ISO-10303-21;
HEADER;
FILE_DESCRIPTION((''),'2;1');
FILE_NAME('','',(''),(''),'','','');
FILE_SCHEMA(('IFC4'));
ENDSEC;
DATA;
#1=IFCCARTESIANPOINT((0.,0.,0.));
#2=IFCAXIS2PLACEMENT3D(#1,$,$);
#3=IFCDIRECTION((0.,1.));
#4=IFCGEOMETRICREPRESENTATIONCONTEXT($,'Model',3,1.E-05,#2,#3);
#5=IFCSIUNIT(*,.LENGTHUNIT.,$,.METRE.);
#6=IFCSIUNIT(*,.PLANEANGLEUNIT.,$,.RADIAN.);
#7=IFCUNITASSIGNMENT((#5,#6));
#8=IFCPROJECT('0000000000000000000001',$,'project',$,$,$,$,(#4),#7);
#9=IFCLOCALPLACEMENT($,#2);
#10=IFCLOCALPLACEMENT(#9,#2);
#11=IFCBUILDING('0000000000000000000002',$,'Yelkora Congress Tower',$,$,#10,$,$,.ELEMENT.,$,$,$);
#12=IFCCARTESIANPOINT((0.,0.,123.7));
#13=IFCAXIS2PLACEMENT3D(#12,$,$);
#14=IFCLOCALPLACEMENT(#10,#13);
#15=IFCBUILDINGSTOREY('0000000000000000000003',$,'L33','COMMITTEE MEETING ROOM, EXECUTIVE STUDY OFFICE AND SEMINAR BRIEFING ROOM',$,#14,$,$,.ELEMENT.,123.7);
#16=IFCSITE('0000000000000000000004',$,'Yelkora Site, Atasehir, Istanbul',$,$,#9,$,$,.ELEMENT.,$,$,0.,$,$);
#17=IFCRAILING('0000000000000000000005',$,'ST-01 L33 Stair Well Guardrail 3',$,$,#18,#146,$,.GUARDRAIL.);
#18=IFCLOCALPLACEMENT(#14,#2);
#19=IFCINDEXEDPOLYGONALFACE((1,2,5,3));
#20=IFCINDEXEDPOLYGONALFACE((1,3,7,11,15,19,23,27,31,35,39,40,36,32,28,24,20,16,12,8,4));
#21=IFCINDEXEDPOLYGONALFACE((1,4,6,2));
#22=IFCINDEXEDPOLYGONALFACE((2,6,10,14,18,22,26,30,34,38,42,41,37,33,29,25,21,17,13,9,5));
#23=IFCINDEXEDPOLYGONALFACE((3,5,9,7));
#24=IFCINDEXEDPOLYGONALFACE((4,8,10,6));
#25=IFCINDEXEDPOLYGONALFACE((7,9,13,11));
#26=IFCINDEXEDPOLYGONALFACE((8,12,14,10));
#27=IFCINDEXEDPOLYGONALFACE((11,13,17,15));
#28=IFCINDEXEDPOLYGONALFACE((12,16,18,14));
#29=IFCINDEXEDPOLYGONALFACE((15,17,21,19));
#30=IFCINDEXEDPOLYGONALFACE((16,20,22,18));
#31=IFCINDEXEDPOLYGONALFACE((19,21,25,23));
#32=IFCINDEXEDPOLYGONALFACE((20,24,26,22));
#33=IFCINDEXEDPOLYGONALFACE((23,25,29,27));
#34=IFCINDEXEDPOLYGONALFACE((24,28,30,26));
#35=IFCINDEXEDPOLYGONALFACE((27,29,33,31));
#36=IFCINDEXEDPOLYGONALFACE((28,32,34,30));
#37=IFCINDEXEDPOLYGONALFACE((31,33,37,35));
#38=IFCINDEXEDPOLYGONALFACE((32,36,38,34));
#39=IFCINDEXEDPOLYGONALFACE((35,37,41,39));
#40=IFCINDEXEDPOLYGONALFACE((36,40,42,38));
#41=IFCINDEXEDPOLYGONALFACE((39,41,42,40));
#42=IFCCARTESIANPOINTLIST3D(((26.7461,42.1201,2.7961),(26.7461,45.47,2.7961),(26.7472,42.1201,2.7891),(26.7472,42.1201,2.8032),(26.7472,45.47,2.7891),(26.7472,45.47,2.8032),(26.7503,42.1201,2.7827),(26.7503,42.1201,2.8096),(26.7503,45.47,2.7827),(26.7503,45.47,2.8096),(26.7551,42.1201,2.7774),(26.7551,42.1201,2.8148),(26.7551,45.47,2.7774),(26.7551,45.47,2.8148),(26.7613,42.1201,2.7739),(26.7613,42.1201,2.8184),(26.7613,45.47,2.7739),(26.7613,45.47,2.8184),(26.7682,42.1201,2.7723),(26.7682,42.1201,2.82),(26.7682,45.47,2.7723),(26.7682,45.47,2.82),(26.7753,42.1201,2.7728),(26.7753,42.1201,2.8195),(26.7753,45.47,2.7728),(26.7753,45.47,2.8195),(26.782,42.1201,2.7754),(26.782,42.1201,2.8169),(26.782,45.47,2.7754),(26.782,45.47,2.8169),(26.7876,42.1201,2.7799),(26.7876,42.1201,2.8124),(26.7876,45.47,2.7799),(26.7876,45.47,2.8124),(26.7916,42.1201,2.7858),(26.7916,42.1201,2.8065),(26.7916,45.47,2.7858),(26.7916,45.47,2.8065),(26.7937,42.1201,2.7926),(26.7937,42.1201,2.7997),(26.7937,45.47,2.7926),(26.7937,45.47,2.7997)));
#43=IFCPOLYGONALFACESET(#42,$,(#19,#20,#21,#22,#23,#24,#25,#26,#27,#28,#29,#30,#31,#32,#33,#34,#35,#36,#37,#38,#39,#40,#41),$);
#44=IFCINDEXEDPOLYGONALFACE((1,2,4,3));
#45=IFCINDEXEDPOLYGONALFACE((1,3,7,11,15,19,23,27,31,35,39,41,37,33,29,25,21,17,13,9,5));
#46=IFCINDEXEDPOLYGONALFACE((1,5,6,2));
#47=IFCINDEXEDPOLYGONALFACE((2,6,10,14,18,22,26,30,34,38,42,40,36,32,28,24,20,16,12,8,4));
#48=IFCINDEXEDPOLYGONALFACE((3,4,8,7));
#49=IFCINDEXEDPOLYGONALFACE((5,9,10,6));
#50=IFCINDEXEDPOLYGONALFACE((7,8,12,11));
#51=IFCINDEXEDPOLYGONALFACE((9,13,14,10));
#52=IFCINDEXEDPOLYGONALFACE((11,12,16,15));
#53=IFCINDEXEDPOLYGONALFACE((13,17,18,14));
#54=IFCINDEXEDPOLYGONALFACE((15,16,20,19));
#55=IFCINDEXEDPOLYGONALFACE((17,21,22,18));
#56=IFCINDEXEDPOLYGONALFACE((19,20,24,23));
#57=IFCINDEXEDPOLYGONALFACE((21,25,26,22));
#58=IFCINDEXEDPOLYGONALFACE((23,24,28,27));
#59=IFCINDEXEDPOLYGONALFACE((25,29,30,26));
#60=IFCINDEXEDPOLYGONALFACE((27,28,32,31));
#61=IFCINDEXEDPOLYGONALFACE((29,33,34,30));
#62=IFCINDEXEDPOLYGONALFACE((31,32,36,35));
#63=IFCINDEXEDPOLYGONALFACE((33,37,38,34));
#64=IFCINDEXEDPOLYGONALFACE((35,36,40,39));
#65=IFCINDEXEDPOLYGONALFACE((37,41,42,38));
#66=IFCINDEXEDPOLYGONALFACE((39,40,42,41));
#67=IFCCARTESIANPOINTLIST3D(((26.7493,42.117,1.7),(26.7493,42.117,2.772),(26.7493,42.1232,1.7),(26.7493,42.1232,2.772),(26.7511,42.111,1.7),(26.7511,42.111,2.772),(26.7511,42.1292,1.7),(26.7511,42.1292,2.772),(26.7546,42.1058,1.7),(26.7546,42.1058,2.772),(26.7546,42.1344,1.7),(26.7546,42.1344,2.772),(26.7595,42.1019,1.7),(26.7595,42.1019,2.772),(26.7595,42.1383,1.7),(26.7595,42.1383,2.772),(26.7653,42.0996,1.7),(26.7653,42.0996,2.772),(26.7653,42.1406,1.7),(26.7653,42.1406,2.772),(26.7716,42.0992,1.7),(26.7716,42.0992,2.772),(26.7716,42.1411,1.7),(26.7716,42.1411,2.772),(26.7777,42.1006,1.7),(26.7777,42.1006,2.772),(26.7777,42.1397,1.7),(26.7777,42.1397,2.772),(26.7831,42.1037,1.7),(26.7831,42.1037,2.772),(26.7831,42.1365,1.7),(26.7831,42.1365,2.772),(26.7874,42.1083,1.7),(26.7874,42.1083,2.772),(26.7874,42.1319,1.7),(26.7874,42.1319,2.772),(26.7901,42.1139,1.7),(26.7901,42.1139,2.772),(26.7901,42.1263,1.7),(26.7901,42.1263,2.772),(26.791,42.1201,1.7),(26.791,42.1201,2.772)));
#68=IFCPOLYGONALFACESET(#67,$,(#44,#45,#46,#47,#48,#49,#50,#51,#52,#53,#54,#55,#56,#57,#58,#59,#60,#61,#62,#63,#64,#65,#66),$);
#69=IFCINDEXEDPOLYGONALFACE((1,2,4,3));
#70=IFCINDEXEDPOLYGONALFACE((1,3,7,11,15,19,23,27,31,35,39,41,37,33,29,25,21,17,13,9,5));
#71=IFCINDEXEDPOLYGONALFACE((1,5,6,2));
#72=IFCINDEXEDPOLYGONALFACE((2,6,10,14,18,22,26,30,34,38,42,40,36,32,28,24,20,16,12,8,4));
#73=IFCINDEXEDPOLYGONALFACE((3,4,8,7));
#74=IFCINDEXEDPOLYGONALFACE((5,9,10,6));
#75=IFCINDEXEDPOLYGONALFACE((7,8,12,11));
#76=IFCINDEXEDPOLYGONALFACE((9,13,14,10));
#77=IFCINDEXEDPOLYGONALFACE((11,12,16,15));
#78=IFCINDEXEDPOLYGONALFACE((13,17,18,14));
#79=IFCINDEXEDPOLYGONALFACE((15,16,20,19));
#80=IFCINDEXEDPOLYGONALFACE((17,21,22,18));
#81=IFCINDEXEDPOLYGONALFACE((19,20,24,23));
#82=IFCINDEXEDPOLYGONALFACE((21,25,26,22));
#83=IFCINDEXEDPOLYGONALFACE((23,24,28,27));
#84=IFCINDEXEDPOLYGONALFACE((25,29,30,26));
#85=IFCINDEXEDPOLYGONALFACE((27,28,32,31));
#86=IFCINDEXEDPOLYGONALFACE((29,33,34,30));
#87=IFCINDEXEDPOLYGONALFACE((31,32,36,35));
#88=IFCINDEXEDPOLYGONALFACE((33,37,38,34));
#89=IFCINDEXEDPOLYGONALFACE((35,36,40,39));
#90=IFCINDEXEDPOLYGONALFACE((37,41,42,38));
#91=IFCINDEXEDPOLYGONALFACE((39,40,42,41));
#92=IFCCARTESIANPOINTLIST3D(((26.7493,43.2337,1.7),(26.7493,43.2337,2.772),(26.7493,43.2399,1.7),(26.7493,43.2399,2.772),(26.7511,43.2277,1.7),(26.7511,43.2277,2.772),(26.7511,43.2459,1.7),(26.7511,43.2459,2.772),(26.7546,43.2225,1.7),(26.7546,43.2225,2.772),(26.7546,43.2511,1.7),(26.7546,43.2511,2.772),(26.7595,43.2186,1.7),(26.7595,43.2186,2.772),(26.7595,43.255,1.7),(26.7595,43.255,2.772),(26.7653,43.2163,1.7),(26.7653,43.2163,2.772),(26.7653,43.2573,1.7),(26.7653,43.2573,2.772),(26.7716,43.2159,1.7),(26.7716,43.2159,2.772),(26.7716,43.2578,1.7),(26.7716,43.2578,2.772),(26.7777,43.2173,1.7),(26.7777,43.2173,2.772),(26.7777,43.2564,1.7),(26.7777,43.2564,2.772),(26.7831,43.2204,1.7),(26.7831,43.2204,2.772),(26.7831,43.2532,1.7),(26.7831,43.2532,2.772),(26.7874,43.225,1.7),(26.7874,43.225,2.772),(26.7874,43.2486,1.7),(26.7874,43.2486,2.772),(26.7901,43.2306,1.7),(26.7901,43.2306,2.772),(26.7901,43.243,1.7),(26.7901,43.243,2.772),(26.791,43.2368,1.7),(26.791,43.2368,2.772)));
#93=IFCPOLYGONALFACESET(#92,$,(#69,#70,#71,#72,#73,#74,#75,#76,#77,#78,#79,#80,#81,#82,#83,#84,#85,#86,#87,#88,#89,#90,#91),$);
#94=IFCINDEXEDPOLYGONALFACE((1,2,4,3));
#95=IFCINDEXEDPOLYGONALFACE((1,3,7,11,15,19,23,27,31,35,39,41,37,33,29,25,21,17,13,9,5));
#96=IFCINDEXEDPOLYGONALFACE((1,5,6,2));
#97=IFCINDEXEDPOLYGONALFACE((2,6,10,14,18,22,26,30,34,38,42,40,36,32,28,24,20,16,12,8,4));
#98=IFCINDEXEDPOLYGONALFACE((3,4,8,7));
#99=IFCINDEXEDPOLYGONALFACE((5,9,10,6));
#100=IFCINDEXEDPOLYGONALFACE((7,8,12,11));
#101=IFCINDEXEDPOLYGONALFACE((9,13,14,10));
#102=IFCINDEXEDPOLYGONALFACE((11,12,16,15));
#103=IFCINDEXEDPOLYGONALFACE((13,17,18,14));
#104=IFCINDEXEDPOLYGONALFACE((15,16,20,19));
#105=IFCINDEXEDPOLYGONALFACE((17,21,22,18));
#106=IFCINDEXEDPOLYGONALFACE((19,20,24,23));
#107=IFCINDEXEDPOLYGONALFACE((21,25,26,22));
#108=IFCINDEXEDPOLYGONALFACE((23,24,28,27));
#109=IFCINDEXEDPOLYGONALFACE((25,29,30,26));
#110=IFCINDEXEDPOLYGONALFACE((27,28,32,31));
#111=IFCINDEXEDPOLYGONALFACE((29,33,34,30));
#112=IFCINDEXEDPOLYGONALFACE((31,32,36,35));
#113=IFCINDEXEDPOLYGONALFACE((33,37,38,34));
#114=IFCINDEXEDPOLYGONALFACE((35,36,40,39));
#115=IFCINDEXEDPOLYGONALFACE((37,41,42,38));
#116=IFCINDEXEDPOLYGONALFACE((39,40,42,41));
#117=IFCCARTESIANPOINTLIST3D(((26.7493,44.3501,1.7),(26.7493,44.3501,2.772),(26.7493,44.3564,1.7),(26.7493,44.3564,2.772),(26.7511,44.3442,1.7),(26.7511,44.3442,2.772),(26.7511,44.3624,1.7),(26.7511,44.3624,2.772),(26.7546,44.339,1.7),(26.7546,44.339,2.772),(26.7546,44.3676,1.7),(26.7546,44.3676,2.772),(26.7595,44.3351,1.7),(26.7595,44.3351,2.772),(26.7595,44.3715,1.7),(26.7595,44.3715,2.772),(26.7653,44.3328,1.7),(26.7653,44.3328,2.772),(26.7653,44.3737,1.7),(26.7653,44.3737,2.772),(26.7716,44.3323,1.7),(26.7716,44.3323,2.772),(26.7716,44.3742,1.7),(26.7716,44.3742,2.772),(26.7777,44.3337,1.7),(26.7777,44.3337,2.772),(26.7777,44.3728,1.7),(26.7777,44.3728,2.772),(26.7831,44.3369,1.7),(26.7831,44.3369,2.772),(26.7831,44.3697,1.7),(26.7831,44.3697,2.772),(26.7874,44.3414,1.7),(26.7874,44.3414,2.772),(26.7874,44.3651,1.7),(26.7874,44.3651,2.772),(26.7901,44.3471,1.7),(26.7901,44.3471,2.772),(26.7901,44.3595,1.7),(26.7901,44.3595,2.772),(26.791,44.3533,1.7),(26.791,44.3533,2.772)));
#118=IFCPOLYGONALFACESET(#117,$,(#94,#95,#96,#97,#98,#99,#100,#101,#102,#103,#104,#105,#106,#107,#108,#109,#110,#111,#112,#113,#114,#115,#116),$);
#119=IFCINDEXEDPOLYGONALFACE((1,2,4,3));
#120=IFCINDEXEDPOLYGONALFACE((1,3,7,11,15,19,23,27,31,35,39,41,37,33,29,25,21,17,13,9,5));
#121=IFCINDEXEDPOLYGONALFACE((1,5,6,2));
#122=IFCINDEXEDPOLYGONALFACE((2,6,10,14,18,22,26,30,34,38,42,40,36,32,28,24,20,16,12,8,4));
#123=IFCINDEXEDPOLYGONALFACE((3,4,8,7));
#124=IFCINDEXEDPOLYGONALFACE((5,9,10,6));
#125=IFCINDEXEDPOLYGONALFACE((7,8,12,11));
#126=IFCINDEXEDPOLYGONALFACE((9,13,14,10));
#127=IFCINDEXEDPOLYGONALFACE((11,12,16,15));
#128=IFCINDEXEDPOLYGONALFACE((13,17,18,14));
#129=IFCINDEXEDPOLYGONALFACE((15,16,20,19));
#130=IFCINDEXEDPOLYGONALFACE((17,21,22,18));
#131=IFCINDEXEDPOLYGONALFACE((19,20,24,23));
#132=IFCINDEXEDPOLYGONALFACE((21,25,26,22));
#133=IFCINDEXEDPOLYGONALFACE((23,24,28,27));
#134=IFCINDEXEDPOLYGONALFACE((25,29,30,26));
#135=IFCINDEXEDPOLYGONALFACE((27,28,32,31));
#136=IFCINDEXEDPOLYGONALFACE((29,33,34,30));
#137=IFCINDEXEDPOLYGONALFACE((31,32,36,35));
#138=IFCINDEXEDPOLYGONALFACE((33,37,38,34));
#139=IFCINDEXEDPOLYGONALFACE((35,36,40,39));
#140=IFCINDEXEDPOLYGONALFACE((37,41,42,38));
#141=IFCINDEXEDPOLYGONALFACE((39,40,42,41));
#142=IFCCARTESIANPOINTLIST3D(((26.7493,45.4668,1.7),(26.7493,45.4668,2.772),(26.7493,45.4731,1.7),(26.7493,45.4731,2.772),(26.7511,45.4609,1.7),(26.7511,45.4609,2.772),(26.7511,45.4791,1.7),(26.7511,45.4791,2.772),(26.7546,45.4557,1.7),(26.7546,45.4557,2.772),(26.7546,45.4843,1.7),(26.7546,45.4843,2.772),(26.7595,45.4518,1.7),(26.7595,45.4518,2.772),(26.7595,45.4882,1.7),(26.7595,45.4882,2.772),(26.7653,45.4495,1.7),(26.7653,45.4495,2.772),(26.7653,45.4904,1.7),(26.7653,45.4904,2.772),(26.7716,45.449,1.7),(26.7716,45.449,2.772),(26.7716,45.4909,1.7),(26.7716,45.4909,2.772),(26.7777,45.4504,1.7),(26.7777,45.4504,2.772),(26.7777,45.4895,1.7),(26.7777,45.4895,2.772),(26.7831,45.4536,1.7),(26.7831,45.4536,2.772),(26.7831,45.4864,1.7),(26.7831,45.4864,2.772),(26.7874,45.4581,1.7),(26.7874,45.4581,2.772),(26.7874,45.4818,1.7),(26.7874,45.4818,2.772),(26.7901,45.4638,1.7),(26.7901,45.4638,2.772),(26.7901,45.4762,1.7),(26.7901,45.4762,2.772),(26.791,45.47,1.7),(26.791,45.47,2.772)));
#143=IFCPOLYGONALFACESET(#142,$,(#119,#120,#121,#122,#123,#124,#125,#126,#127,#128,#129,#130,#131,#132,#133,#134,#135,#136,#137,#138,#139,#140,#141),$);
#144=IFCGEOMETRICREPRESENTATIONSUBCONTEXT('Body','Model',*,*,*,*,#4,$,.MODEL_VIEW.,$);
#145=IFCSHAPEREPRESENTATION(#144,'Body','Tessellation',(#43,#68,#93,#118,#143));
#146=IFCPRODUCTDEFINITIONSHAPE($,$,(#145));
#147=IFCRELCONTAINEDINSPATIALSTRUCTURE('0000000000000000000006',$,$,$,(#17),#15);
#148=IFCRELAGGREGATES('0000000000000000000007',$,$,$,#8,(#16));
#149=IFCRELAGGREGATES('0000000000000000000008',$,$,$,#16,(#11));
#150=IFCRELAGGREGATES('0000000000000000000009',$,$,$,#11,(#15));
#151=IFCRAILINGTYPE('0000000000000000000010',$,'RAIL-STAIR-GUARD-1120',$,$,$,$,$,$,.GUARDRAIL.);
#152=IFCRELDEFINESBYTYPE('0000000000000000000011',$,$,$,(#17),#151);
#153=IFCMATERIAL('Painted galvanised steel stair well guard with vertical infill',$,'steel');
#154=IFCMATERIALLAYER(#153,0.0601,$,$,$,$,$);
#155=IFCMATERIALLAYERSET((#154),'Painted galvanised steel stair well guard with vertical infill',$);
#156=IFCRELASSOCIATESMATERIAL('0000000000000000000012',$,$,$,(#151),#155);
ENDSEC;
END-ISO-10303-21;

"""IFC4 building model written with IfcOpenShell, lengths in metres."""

from ifc_helpers import new_model, si_unit, direction, frame, origin, origin_2d, place, context, subcontext, project, spatial, circle, extrude, material, layer, layer_set, type_object, element, save


model = new_model("IFC4")

# Units and contexts
model_context = context("Model", 3, precision=1e-05, world=origin(), true_north=direction((0.0, 1.0)))
body_context = subcontext(model_context, "Body", "Model", "MODEL_VIEW")
ifc_project = project(units=[si_unit("LENGTHUNIT", "METRE"), si_unit("PLANEANGLEUNIT", "RADIAN")], contexts=[model_context])

# Site, building, storey
site_placement = place(None, origin())
site = spatial("IfcSite", under=ifc_project, at=site_placement, Name="Yelkora Site, Atasehir, Istanbul", CompositionType="ELEMENT", RefElevation=0.0)
building_placement = place(site_placement, origin())
building = spatial("IfcBuilding", under=site, at=building_placement, Name="Yelkora Congress Tower", CompositionType="ELEMENT")
storey_placement = place(building_placement, frame((0.0, 0.0, 123.7)))
storey = spatial("IfcBuildingStorey", under=building, at=storey_placement, Name="L33", Description="COMMITTEE MEETING ROOM, EXECUTIVE STUDY OFFICE AND SEMINAR BRIEFING ROOM", CompositionType="ELEMENT", Elevation=123.7)

# Railing
ifc_material_1 = material(Name="Painted galvanised steel stair well guard with vertical infill", Category="steel")
ifc_layer_1 = layer(ifc_material_1, 0.0601)
ifc_layer_set_1 = layer_set([ifc_layer_1], Name="Painted galvanised steel stair well guard with vertical infill")
railing_type_1 = type_object("IfcRailingType", Name="RAIL-STAIR-GUARD-1120", PredefinedType="GUARDRAIL", material=ifc_layer_set_1)
railing_1_placement = place(storey_placement, frame((26.77, 42.1201, 1.7)))
element("IfcRailing", 1, at=railing_1_placement, inside=storey, type_object=railing_type_1, Name="ST-01 L33 Stair Well Guardrail 3", PredefinedType="GUARDRAIL", context=body_context, shape_type="SweptSolid", body=[
    extrude(circle(Radius=0.0239, at=origin_2d()), frame((0.0, 0.0, 1.0962), z_axis=(0.0, 1.0, 0.0), x_axis=(-1.0, 0.0, 0.0)), (0.0, 0.0, 1.0), 3.3499),
    extrude(circle(Radius=0.021, at=origin_2d()), origin(), (0.0, 0.0, 1.0), 1.072),
    extrude(circle(Radius=0.021, at=origin_2d()), frame((0.0, 1.1167, 0.0)), (0.0, 0.0, 1.0), 1.072),
    extrude(circle(Radius=0.021, at=origin_2d()), frame((0.0, 2.2332, 0.0)), (0.0, 0.0, 1.0), 1.072),
    extrude(circle(Radius=0.021, at=origin_2d()), frame((0.0, 3.3499, 0.0)), (0.0, 0.0, 1.0), 1.072),
])

save(model, "model.ifc")
